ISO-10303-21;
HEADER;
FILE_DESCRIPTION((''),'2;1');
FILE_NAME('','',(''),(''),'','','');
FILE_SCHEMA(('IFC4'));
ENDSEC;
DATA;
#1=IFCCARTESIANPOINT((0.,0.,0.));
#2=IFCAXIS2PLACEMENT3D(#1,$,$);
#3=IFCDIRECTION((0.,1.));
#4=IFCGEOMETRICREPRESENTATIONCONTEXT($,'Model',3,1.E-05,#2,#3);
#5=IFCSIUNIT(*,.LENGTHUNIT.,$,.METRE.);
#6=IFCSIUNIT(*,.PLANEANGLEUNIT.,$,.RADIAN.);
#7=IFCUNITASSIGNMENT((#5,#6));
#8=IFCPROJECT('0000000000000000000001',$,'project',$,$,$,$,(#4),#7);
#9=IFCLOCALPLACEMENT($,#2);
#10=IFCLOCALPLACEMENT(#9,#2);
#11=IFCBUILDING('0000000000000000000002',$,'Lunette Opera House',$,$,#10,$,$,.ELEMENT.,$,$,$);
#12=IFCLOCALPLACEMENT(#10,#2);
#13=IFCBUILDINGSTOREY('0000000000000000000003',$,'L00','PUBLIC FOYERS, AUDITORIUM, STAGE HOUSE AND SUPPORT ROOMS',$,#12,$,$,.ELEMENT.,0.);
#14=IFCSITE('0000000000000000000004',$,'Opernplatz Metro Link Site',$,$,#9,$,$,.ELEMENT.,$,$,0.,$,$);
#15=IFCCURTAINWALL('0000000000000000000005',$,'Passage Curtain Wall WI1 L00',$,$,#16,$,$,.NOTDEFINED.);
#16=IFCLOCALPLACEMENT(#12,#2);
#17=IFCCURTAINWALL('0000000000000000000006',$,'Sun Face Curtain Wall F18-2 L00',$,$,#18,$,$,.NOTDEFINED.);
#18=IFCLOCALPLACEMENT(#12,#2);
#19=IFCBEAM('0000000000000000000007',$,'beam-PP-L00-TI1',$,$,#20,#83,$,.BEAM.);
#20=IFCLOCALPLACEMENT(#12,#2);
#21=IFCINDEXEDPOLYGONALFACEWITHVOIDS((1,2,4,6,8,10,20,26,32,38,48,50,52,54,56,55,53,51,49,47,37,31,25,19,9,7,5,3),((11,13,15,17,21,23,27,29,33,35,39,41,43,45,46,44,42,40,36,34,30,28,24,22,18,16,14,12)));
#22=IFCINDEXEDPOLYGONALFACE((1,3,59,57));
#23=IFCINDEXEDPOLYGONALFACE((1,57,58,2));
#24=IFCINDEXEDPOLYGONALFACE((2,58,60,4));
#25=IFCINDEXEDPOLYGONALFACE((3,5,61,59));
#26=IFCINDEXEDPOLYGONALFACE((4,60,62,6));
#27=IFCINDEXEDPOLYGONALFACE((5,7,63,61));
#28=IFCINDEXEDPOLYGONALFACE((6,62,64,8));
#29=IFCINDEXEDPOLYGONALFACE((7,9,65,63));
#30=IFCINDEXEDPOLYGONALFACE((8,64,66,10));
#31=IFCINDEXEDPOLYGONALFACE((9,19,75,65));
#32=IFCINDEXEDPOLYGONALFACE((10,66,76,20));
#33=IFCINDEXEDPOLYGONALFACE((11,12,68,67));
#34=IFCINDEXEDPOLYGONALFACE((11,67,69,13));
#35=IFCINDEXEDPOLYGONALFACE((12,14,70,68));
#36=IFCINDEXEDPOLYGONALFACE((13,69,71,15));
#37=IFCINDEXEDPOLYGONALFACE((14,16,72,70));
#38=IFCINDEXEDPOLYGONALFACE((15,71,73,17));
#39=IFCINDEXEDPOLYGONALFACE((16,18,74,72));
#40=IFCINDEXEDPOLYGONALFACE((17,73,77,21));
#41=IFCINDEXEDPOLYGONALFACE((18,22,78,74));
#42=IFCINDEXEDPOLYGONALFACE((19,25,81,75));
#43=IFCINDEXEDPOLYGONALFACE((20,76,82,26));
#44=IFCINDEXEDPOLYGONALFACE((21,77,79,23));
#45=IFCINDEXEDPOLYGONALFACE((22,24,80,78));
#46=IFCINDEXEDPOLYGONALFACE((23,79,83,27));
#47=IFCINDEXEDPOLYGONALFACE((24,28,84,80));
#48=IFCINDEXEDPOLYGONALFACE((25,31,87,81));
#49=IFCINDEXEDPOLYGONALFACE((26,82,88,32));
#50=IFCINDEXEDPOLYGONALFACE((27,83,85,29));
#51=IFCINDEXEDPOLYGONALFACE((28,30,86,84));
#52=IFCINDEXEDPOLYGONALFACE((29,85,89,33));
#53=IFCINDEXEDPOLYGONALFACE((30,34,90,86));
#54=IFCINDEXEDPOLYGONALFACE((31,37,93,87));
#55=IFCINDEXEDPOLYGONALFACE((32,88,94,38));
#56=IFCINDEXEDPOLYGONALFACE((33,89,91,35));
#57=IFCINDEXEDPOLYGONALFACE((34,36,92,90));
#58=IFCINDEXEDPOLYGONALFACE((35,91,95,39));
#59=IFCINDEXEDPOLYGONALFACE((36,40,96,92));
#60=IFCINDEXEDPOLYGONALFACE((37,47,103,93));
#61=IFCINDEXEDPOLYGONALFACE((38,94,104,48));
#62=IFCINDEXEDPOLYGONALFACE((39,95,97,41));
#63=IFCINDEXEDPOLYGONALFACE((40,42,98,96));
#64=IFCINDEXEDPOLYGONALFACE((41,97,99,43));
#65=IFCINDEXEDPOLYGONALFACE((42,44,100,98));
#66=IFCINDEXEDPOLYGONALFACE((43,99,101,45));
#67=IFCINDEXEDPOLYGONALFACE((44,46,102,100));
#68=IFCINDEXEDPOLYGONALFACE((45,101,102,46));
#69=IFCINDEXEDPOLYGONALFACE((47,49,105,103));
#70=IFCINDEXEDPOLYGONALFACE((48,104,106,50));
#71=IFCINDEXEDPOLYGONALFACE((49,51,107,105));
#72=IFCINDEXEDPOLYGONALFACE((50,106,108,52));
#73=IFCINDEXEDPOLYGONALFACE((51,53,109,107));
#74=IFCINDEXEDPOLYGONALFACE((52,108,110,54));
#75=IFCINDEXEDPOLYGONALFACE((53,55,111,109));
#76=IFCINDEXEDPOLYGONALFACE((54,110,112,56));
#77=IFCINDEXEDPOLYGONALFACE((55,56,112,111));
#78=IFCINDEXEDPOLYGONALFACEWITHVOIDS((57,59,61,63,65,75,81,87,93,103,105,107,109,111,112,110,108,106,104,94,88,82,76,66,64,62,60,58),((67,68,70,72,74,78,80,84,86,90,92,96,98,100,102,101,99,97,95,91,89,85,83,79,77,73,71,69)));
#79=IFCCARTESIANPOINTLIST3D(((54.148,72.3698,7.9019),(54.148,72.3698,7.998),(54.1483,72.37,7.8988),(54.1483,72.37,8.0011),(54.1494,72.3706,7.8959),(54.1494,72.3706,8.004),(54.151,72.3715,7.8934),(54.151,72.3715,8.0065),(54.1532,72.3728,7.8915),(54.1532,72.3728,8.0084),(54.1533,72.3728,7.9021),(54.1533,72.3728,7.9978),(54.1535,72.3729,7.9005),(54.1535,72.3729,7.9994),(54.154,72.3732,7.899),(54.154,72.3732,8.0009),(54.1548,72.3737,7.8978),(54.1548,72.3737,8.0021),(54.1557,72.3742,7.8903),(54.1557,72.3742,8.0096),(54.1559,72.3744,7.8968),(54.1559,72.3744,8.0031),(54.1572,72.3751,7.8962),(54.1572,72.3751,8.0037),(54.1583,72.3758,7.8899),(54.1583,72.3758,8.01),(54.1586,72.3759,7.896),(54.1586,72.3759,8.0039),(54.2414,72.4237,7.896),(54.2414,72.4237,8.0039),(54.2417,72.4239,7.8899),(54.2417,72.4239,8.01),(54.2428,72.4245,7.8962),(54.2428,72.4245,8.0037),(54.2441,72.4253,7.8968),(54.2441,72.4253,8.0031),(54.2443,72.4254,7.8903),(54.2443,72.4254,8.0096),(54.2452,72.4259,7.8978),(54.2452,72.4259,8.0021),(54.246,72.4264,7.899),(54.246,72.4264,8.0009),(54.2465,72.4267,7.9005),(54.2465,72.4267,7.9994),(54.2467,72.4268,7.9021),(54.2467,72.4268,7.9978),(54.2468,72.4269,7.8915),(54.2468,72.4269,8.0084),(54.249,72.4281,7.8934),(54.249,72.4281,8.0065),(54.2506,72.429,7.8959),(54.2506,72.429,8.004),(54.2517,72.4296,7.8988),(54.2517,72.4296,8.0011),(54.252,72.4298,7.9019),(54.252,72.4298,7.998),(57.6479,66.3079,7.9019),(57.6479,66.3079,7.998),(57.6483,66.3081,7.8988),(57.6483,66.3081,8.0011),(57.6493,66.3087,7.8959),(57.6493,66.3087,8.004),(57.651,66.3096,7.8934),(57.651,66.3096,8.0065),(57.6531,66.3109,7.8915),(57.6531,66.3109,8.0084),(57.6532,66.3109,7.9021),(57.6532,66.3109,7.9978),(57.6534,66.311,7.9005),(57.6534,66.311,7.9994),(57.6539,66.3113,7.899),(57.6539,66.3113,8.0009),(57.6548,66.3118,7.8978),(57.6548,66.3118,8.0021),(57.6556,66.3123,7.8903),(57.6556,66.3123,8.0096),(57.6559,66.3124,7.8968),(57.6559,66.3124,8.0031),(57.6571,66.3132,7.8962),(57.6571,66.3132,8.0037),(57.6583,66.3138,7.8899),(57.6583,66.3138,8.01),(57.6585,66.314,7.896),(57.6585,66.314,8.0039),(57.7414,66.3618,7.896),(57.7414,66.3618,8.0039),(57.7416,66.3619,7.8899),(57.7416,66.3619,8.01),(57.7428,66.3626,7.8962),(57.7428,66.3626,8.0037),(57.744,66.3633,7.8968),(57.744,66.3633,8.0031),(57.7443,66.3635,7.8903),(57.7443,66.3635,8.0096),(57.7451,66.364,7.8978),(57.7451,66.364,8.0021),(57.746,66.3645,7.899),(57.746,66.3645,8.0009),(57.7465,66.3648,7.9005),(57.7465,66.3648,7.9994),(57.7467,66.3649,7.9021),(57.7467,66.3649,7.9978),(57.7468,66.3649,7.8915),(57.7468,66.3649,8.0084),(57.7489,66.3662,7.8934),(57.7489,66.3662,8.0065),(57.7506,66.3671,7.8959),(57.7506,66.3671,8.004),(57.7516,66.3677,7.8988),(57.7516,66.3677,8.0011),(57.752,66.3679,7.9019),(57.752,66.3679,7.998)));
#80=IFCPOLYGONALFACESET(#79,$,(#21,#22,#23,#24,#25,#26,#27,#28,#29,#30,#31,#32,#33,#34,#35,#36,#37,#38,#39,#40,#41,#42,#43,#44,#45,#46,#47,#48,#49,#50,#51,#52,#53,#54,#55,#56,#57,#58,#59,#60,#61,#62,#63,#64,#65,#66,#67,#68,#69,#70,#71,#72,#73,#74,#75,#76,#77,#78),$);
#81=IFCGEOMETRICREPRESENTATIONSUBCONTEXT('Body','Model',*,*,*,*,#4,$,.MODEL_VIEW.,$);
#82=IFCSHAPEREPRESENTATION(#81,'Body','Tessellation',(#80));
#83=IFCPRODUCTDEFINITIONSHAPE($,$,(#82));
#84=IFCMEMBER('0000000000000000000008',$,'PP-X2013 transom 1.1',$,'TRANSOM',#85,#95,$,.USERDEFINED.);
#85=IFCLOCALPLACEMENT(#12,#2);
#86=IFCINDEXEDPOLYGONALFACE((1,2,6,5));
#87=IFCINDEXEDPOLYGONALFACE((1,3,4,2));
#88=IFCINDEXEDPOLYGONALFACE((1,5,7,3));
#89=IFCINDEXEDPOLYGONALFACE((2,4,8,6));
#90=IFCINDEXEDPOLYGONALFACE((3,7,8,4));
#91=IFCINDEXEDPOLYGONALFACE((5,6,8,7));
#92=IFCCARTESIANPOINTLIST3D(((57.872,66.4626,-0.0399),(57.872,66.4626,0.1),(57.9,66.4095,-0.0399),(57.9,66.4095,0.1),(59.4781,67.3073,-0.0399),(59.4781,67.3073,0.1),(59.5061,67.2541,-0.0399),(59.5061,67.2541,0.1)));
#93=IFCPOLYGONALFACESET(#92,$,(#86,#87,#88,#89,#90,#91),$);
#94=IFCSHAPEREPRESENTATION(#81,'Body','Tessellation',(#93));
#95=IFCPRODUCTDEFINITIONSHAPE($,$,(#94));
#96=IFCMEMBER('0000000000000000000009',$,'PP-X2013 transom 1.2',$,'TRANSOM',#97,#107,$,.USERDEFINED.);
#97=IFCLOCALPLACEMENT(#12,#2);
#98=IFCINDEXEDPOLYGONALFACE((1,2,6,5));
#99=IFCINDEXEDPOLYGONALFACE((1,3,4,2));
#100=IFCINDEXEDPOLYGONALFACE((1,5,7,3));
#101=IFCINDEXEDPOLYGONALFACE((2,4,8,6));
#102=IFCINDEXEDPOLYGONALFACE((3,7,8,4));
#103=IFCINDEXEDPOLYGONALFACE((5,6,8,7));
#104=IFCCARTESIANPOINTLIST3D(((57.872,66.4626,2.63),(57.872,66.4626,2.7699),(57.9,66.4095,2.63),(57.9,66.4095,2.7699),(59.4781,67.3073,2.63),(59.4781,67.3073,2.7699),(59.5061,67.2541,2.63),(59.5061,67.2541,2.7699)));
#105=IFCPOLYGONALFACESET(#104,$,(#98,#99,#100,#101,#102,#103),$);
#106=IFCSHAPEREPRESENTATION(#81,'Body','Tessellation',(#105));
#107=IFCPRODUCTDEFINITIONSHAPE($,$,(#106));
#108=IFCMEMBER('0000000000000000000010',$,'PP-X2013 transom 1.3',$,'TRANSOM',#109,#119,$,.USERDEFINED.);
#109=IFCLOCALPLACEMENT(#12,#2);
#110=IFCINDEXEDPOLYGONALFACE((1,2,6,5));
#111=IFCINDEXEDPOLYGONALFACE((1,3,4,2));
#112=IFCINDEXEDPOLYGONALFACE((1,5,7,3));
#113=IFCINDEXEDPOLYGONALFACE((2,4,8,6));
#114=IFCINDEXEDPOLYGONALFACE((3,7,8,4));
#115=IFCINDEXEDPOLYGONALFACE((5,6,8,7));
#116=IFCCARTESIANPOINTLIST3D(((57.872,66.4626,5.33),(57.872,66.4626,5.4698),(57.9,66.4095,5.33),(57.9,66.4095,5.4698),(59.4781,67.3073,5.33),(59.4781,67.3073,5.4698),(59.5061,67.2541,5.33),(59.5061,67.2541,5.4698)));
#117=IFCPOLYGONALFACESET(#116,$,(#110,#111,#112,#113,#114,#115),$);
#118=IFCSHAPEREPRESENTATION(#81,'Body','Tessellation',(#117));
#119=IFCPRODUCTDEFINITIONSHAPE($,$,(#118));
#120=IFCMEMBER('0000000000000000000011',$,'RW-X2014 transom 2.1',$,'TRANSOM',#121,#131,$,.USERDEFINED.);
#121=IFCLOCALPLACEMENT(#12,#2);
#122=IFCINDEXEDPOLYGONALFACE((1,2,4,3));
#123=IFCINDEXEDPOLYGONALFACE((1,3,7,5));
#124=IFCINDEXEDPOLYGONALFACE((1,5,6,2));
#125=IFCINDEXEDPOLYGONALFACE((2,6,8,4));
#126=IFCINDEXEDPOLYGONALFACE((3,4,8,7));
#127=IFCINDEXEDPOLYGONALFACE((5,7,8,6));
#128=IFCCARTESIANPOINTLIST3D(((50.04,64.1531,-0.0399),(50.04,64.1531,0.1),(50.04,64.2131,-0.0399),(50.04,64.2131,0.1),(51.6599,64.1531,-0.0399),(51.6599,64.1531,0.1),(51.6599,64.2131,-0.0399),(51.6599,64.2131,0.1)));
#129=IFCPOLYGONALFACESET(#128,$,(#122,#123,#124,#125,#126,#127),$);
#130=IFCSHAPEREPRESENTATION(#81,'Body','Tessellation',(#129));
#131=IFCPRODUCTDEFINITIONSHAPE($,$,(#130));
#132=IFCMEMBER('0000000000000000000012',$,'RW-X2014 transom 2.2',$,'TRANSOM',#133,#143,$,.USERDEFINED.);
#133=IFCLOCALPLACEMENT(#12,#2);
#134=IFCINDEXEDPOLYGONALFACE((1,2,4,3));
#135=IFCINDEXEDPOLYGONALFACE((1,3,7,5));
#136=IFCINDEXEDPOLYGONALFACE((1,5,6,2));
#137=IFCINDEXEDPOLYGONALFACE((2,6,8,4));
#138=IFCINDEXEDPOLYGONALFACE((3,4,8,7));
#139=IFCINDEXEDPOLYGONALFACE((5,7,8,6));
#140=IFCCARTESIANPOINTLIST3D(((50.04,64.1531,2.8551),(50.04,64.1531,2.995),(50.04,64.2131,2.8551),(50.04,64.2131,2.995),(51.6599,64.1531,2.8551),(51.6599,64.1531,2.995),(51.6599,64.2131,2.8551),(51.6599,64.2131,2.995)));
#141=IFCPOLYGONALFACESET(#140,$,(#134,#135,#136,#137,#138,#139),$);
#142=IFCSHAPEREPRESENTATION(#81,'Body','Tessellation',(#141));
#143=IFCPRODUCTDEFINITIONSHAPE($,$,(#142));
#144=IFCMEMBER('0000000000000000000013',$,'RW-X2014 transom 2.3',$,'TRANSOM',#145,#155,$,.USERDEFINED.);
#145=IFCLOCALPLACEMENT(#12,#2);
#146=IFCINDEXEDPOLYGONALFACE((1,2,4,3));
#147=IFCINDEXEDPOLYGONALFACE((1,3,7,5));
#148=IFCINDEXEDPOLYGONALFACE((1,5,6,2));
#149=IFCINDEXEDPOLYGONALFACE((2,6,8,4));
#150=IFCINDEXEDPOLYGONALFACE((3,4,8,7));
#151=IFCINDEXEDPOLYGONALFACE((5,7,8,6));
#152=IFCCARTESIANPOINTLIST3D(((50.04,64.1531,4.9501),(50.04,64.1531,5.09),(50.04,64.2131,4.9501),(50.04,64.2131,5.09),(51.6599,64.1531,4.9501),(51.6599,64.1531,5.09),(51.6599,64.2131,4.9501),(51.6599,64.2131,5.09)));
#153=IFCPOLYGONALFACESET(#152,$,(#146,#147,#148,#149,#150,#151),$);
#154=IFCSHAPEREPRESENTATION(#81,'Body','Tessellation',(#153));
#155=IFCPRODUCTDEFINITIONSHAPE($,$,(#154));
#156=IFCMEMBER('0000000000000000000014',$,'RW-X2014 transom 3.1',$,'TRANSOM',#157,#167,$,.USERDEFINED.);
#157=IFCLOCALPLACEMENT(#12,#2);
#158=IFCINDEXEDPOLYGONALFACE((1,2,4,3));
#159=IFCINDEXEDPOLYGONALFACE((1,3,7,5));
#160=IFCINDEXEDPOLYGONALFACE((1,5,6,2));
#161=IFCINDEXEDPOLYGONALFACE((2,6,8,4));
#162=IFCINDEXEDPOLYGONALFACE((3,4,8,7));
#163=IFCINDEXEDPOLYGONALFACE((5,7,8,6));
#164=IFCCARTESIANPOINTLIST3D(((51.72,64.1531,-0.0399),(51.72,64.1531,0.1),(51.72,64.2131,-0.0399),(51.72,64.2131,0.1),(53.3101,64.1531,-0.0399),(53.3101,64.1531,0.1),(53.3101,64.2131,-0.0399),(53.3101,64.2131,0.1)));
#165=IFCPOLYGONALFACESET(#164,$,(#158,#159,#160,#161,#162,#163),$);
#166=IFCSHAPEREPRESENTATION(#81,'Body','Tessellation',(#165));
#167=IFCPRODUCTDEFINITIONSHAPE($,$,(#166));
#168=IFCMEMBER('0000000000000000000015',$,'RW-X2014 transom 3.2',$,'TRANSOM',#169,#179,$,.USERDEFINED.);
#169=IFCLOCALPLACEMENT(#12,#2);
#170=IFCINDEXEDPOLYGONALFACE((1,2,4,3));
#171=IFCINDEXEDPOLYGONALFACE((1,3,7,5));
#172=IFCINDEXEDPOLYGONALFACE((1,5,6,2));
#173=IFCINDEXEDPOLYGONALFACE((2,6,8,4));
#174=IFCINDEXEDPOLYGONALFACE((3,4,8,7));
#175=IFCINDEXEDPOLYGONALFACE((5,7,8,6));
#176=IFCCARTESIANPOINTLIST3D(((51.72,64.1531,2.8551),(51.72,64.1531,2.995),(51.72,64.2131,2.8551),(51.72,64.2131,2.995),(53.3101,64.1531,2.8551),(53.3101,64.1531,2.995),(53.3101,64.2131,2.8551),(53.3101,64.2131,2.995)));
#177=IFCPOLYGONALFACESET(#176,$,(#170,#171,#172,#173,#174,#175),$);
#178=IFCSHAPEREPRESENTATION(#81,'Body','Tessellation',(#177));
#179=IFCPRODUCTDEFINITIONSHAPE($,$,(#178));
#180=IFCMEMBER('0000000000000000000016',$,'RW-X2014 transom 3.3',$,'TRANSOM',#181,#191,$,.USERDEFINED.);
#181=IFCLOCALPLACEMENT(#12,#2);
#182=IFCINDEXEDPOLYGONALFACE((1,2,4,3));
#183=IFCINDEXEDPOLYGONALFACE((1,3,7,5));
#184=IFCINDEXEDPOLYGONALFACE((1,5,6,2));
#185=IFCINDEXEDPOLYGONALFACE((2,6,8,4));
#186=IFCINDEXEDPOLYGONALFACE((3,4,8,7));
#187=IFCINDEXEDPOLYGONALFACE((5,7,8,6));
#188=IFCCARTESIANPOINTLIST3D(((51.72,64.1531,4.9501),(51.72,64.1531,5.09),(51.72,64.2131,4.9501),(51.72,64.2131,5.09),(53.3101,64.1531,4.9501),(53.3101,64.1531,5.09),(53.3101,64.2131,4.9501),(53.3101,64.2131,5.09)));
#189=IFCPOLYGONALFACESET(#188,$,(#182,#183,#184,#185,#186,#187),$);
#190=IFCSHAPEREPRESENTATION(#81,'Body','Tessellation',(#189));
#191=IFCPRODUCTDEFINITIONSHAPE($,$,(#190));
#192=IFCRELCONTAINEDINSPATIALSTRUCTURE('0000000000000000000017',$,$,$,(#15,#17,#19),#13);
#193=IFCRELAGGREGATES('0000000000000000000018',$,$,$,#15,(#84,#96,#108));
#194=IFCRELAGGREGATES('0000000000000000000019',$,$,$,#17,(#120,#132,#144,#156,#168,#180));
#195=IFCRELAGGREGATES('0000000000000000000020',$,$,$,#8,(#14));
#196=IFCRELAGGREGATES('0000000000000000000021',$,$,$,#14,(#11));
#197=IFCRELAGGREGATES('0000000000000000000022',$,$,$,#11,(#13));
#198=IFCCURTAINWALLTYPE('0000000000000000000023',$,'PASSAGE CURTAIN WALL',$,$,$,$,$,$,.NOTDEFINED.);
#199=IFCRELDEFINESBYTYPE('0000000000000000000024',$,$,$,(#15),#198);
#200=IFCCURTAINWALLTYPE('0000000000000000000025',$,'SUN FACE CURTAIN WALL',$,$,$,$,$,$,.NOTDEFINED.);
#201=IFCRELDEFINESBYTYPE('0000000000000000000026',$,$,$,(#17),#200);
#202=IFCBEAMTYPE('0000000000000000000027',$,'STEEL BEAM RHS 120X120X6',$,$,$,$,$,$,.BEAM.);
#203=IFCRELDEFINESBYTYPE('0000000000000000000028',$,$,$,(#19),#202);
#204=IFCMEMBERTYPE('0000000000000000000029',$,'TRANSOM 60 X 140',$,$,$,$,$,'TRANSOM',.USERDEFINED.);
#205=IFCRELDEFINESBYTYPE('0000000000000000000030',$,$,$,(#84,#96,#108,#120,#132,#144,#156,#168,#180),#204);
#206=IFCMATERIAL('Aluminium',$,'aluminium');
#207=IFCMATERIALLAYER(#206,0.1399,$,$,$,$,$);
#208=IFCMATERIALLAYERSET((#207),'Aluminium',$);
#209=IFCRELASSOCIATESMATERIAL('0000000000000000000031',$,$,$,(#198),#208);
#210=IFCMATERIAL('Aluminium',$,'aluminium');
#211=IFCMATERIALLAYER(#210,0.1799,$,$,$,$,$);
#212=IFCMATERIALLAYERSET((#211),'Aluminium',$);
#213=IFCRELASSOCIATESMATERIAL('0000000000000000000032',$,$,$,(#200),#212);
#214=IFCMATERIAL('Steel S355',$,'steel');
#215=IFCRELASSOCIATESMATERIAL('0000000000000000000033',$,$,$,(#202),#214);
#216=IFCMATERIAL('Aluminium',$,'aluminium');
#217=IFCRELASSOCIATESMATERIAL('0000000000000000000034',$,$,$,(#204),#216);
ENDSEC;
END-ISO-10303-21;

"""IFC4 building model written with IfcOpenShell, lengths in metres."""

from ifc_helpers import new_model, si_unit, direction, frame, origin, origin_2d, place, context, subcontext, project, spatial, rectangle, hollow_rectangle, extrude, material, layer, layer_set, material_profile, profile_set, type_object, element, aggregate, save


model = new_model("IFC4")

# Units and contexts
model_context = context("Model", 3, precision=1e-05, world=origin(), true_north=direction((0.0, 1.0)))
body_context = subcontext(model_context, "Body", "Model", "MODEL_VIEW")
ifc_project = project(units=[si_unit("LENGTHUNIT", "METRE"), si_unit("PLANEANGLEUNIT", "RADIAN")], contexts=[model_context])

# Site, building, storey
site_placement = place(None, origin())
site = spatial("IfcSite", under=ifc_project, at=site_placement, Name="Opernplatz Metro Link Site", CompositionType="ELEMENT", RefElevation=0.0)
building_placement = place(site_placement, origin())
building = spatial("IfcBuilding", under=site, at=building_placement, Name="Lunette Opera House", CompositionType="ELEMENT")
storey_placement = place(building_placement, origin())
storey = spatial("IfcBuildingStorey", under=building, at=storey_placement, Name="L00", Description="PUBLIC FOYERS, AUDITORIUM, STAGE HOUSE AND SUPPORT ROOMS", CompositionType="ELEMENT", Elevation=0.0)

# Curtain wall
ifc_material_1 = material(Name="Aluminium", Category="aluminium")
ifc_layer_1 = layer(ifc_material_1, 0.1399)
ifc_layer_set_1 = layer_set([ifc_layer_1], Name="Aluminium")
curtain_wall_type_1 = type_object("IfcCurtainWallType", Name="PASSAGE CURTAIN WALL", PredefinedType="NOTDEFINED", material=ifc_layer_set_1)
curtain_wall_1_placement = place(storey_placement, origin())
curtain_wall_1 = element("IfcCurtainWall", 1, at=curtain_wall_1_placement, inside=storey, type_object=curtain_wall_type_1, Name="Passage Curtain Wall WI1 L00", PredefinedType="NOTDEFINED")

# Curtain wall
ifc_material_2 = material(Name="Aluminium", Category="aluminium")
ifc_layer_2 = layer(ifc_material_2, 0.1799)
ifc_layer_set_2 = layer_set([ifc_layer_2], Name="Aluminium")
curtain_wall_type_2 = type_object("IfcCurtainWallType", Name="SUN FACE CURTAIN WALL", PredefinedType="NOTDEFINED", material=ifc_layer_set_2)
curtain_wall_2_placement = place(storey_placement, origin())
curtain_wall_2 = element("IfcCurtainWall", 2, at=curtain_wall_2_placement, inside=storey, type_object=curtain_wall_type_2, Name="Sun Face Curtain Wall F18-2 L00", PredefinedType="NOTDEFINED")

# Beam
ifc_material_3 = material(Name="Steel S355", Category="steel")
ifc_material_profile_1 = material_profile(ifc_material_3, hollow_rectangle(XDim=0.1201, YDim=0.1201, WallThickness=0.0061, InnerFilletRadius=0.0061, OuterFilletRadius=0.012, at=origin_2d()), Name="RHS 120X120X6")
ifc_profile_set_1 = profile_set([ifc_material_profile_1], Name="Steel S355")
beam_type_1 = type_object("IfcBeamType", Name="STEEL BEAM RHS 120X120X6", PredefinedType="BEAM", material=ifc_profile_set_1)
beam_1_placement = place(storey_placement, frame((57.7, 66.3379, 7.95), z_axis=(-0.50001, 0.866019, 0.0), x_axis=(-0.866019, -0.50001, 0.0)))
element("IfcBeam", 3, at=beam_1_placement, inside=storey, type_object=beam_type_1, Name="beam-PP-L00-TI1", PredefinedType="BEAM", context=body_context, shape_type="SweptSolid", body=[
    extrude(hollow_rectangle(XDim=0.1201, YDim=0.1201, WallThickness=0.0061, InnerFilletRadius=0.0061, OuterFilletRadius=0.012, at=origin_2d()), origin(), (0.0, 0.0, 1.0), 6.9998),
])

# Members
ifc_material_4 = material(Name="Aluminium", Category="aluminium")
ifc_material_profile_2 = material_profile(ifc_material_4, rectangle(XDim=0.0601, YDim=0.1399, at=origin_2d()), Name="TRANSOM 60 X 140")
ifc_profile_set_2 = profile_set([ifc_material_profile_2], Name="Aluminium")
member_type_1 = type_object("IfcMemberType", Name="TRANSOM 60 X 140", ElementType="TRANSOM", PredefinedType="USERDEFINED", material=ifc_profile_set_2)
member_1_placement = place(storey_placement, frame((57.886, 66.436, 0.03), z_axis=(0.885064, 0.465469, 0.0), x_axis=(-0.465469, 0.885064, 0.0)))
member_1 = element("IfcMember", 4, at=member_1_placement, type_object=member_type_1, Name="PP-X2013 transom 1.1", ObjectType="TRANSOM", PredefinedType="USERDEFINED", context=body_context, shape_type="SweptSolid", body=[
    extrude(rectangle(XDim=0.0601, YDim=0.1399, at=origin_2d()), origin(), (0.0, 0.0, 1.0), 1.8147),
])
member_2_placement = place(storey_placement, frame((57.886, 66.436, 2.7), z_axis=(0.885064, 0.465469, 0.0), x_axis=(-0.465469, 0.885064, 0.0)))
member_2 = element("IfcMember", 5, at=member_2_placement, type_object=member_type_1, Name="PP-X2013 transom 1.2", ObjectType="TRANSOM", PredefinedType="USERDEFINED", context=body_context, shape_type="SweptSolid", body=[
    extrude(rectangle(XDim=0.0601, YDim=0.1399, at=origin_2d()), origin(), (0.0, 0.0, 1.0), 1.8147),
])
member_3_placement = place(storey_placement, frame((57.886, 66.436, 5.3999), z_axis=(0.885064, 0.465469, 0.0), x_axis=(-0.465469, 0.885064, 0.0)))
member_3 = element("IfcMember", 6, at=member_3_placement, type_object=member_type_1, Name="PP-X2013 transom 1.3", ObjectType="TRANSOM", PredefinedType="USERDEFINED", context=body_context, shape_type="SweptSolid", body=[
    extrude(rectangle(XDim=0.0601, YDim=0.1399, at=origin_2d()), origin(), (0.0, 0.0, 1.0), 1.8147),
])
aggregate(curtain_wall_1, [member_1, member_2, member_3])
member_4_placement = place(storey_placement, frame((50.04, 64.1831, 0.03), z_axis=(1.0, 0.0, 0.0), x_axis=(0.0, 1.0, 0.0)))
member_4 = element("IfcMember", 7, at=member_4_placement, type_object=member_type_1, Name="RW-X2014 transom 2.1", ObjectType="TRANSOM", PredefinedType="USERDEFINED", context=body_context, shape_type="SweptSolid", body=[
    extrude(rectangle(XDim=0.0601, YDim=0.1399, at=origin_2d()), origin(), (0.0, 0.0, 1.0), 1.6199),
])
member_5_placement = place(storey_placement, frame((50.04, 64.1831, 2.925), z_axis=(1.0, 0.0, 0.0), x_axis=(0.0, 1.0, 0.0)))
member_5 = element("IfcMember", 8, at=member_5_placement, type_object=member_type_1, Name="RW-X2014 transom 2.2", ObjectType="TRANSOM", PredefinedType="USERDEFINED", context=body_context, shape_type="SweptSolid", body=[
    extrude(rectangle(XDim=0.0601, YDim=0.1399, at=origin_2d()), origin(), (0.0, 0.0, 1.0), 1.6199),
])
member_6_placement = place(storey_placement, frame((50.04, 64.1831, 5.02), z_axis=(1.0, 0.0, 0.0), x_axis=(0.0, 1.0, 0.0)))
member_6 = element("IfcMember", 9, at=member_6_placement, type_object=member_type_1, Name="RW-X2014 transom 2.3", ObjectType="TRANSOM", PredefinedType="USERDEFINED", context=body_context, shape_type="SweptSolid", body=[
    extrude(rectangle(XDim=0.0601, YDim=0.1399, at=origin_2d()), origin(), (0.0, 0.0, 1.0), 1.6199),
])
member_7_placement = place(storey_placement, frame((51.72, 64.1831, 0.03), z_axis=(1.0, 0.0, 0.0), x_axis=(0.0, 1.0, 0.0)))
member_7 = element("IfcMember", 10, at=member_7_placement, type_object=member_type_1, Name="RW-X2014 transom 3.1", ObjectType="TRANSOM", PredefinedType="USERDEFINED", context=body_context, shape_type="SweptSolid", body=[
    extrude(rectangle(XDim=0.0601, YDim=0.1399, at=origin_2d()), origin(), (0.0, 0.0, 1.0), 1.5901),
])
member_8_placement = place(storey_placement, frame((51.72, 64.1831, 2.925), z_axis=(1.0, 0.0, 0.0), x_axis=(0.0, 1.0, 0.0)))
member_8 = element("IfcMember", 11, at=member_8_placement, type_object=member_type_1, Name="RW-X2014 transom 3.2", ObjectType="TRANSOM", PredefinedType="USERDEFINED", context=body_context, shape_type="SweptSolid", body=[
    extrude(rectangle(XDim=0.0601, YDim=0.1399, at=origin_2d()), origin(), (0.0, 0.0, 1.0), 1.5901),
])
member_9_placement = place(storey_placement, frame((51.72, 64.1831, 5.02), z_axis=(1.0, 0.0, 0.0), x_axis=(0.0, 1.0, 0.0)))
member_9 = element("IfcMember", 12, at=member_9_placement, type_object=member_type_1, Name="RW-X2014 transom 3.3", ObjectType="TRANSOM", PredefinedType="USERDEFINED", context=body_context, shape_type="SweptSolid", body=[
    extrude(rectangle(XDim=0.0601, YDim=0.1399, at=origin_2d()), origin(), (0.0, 0.0, 1.0), 1.5901),
])

aggregate(curtain_wall_2, [member_4, member_5, member_6, member_7, member_8, member_9])

save(model, "model.ifc")
